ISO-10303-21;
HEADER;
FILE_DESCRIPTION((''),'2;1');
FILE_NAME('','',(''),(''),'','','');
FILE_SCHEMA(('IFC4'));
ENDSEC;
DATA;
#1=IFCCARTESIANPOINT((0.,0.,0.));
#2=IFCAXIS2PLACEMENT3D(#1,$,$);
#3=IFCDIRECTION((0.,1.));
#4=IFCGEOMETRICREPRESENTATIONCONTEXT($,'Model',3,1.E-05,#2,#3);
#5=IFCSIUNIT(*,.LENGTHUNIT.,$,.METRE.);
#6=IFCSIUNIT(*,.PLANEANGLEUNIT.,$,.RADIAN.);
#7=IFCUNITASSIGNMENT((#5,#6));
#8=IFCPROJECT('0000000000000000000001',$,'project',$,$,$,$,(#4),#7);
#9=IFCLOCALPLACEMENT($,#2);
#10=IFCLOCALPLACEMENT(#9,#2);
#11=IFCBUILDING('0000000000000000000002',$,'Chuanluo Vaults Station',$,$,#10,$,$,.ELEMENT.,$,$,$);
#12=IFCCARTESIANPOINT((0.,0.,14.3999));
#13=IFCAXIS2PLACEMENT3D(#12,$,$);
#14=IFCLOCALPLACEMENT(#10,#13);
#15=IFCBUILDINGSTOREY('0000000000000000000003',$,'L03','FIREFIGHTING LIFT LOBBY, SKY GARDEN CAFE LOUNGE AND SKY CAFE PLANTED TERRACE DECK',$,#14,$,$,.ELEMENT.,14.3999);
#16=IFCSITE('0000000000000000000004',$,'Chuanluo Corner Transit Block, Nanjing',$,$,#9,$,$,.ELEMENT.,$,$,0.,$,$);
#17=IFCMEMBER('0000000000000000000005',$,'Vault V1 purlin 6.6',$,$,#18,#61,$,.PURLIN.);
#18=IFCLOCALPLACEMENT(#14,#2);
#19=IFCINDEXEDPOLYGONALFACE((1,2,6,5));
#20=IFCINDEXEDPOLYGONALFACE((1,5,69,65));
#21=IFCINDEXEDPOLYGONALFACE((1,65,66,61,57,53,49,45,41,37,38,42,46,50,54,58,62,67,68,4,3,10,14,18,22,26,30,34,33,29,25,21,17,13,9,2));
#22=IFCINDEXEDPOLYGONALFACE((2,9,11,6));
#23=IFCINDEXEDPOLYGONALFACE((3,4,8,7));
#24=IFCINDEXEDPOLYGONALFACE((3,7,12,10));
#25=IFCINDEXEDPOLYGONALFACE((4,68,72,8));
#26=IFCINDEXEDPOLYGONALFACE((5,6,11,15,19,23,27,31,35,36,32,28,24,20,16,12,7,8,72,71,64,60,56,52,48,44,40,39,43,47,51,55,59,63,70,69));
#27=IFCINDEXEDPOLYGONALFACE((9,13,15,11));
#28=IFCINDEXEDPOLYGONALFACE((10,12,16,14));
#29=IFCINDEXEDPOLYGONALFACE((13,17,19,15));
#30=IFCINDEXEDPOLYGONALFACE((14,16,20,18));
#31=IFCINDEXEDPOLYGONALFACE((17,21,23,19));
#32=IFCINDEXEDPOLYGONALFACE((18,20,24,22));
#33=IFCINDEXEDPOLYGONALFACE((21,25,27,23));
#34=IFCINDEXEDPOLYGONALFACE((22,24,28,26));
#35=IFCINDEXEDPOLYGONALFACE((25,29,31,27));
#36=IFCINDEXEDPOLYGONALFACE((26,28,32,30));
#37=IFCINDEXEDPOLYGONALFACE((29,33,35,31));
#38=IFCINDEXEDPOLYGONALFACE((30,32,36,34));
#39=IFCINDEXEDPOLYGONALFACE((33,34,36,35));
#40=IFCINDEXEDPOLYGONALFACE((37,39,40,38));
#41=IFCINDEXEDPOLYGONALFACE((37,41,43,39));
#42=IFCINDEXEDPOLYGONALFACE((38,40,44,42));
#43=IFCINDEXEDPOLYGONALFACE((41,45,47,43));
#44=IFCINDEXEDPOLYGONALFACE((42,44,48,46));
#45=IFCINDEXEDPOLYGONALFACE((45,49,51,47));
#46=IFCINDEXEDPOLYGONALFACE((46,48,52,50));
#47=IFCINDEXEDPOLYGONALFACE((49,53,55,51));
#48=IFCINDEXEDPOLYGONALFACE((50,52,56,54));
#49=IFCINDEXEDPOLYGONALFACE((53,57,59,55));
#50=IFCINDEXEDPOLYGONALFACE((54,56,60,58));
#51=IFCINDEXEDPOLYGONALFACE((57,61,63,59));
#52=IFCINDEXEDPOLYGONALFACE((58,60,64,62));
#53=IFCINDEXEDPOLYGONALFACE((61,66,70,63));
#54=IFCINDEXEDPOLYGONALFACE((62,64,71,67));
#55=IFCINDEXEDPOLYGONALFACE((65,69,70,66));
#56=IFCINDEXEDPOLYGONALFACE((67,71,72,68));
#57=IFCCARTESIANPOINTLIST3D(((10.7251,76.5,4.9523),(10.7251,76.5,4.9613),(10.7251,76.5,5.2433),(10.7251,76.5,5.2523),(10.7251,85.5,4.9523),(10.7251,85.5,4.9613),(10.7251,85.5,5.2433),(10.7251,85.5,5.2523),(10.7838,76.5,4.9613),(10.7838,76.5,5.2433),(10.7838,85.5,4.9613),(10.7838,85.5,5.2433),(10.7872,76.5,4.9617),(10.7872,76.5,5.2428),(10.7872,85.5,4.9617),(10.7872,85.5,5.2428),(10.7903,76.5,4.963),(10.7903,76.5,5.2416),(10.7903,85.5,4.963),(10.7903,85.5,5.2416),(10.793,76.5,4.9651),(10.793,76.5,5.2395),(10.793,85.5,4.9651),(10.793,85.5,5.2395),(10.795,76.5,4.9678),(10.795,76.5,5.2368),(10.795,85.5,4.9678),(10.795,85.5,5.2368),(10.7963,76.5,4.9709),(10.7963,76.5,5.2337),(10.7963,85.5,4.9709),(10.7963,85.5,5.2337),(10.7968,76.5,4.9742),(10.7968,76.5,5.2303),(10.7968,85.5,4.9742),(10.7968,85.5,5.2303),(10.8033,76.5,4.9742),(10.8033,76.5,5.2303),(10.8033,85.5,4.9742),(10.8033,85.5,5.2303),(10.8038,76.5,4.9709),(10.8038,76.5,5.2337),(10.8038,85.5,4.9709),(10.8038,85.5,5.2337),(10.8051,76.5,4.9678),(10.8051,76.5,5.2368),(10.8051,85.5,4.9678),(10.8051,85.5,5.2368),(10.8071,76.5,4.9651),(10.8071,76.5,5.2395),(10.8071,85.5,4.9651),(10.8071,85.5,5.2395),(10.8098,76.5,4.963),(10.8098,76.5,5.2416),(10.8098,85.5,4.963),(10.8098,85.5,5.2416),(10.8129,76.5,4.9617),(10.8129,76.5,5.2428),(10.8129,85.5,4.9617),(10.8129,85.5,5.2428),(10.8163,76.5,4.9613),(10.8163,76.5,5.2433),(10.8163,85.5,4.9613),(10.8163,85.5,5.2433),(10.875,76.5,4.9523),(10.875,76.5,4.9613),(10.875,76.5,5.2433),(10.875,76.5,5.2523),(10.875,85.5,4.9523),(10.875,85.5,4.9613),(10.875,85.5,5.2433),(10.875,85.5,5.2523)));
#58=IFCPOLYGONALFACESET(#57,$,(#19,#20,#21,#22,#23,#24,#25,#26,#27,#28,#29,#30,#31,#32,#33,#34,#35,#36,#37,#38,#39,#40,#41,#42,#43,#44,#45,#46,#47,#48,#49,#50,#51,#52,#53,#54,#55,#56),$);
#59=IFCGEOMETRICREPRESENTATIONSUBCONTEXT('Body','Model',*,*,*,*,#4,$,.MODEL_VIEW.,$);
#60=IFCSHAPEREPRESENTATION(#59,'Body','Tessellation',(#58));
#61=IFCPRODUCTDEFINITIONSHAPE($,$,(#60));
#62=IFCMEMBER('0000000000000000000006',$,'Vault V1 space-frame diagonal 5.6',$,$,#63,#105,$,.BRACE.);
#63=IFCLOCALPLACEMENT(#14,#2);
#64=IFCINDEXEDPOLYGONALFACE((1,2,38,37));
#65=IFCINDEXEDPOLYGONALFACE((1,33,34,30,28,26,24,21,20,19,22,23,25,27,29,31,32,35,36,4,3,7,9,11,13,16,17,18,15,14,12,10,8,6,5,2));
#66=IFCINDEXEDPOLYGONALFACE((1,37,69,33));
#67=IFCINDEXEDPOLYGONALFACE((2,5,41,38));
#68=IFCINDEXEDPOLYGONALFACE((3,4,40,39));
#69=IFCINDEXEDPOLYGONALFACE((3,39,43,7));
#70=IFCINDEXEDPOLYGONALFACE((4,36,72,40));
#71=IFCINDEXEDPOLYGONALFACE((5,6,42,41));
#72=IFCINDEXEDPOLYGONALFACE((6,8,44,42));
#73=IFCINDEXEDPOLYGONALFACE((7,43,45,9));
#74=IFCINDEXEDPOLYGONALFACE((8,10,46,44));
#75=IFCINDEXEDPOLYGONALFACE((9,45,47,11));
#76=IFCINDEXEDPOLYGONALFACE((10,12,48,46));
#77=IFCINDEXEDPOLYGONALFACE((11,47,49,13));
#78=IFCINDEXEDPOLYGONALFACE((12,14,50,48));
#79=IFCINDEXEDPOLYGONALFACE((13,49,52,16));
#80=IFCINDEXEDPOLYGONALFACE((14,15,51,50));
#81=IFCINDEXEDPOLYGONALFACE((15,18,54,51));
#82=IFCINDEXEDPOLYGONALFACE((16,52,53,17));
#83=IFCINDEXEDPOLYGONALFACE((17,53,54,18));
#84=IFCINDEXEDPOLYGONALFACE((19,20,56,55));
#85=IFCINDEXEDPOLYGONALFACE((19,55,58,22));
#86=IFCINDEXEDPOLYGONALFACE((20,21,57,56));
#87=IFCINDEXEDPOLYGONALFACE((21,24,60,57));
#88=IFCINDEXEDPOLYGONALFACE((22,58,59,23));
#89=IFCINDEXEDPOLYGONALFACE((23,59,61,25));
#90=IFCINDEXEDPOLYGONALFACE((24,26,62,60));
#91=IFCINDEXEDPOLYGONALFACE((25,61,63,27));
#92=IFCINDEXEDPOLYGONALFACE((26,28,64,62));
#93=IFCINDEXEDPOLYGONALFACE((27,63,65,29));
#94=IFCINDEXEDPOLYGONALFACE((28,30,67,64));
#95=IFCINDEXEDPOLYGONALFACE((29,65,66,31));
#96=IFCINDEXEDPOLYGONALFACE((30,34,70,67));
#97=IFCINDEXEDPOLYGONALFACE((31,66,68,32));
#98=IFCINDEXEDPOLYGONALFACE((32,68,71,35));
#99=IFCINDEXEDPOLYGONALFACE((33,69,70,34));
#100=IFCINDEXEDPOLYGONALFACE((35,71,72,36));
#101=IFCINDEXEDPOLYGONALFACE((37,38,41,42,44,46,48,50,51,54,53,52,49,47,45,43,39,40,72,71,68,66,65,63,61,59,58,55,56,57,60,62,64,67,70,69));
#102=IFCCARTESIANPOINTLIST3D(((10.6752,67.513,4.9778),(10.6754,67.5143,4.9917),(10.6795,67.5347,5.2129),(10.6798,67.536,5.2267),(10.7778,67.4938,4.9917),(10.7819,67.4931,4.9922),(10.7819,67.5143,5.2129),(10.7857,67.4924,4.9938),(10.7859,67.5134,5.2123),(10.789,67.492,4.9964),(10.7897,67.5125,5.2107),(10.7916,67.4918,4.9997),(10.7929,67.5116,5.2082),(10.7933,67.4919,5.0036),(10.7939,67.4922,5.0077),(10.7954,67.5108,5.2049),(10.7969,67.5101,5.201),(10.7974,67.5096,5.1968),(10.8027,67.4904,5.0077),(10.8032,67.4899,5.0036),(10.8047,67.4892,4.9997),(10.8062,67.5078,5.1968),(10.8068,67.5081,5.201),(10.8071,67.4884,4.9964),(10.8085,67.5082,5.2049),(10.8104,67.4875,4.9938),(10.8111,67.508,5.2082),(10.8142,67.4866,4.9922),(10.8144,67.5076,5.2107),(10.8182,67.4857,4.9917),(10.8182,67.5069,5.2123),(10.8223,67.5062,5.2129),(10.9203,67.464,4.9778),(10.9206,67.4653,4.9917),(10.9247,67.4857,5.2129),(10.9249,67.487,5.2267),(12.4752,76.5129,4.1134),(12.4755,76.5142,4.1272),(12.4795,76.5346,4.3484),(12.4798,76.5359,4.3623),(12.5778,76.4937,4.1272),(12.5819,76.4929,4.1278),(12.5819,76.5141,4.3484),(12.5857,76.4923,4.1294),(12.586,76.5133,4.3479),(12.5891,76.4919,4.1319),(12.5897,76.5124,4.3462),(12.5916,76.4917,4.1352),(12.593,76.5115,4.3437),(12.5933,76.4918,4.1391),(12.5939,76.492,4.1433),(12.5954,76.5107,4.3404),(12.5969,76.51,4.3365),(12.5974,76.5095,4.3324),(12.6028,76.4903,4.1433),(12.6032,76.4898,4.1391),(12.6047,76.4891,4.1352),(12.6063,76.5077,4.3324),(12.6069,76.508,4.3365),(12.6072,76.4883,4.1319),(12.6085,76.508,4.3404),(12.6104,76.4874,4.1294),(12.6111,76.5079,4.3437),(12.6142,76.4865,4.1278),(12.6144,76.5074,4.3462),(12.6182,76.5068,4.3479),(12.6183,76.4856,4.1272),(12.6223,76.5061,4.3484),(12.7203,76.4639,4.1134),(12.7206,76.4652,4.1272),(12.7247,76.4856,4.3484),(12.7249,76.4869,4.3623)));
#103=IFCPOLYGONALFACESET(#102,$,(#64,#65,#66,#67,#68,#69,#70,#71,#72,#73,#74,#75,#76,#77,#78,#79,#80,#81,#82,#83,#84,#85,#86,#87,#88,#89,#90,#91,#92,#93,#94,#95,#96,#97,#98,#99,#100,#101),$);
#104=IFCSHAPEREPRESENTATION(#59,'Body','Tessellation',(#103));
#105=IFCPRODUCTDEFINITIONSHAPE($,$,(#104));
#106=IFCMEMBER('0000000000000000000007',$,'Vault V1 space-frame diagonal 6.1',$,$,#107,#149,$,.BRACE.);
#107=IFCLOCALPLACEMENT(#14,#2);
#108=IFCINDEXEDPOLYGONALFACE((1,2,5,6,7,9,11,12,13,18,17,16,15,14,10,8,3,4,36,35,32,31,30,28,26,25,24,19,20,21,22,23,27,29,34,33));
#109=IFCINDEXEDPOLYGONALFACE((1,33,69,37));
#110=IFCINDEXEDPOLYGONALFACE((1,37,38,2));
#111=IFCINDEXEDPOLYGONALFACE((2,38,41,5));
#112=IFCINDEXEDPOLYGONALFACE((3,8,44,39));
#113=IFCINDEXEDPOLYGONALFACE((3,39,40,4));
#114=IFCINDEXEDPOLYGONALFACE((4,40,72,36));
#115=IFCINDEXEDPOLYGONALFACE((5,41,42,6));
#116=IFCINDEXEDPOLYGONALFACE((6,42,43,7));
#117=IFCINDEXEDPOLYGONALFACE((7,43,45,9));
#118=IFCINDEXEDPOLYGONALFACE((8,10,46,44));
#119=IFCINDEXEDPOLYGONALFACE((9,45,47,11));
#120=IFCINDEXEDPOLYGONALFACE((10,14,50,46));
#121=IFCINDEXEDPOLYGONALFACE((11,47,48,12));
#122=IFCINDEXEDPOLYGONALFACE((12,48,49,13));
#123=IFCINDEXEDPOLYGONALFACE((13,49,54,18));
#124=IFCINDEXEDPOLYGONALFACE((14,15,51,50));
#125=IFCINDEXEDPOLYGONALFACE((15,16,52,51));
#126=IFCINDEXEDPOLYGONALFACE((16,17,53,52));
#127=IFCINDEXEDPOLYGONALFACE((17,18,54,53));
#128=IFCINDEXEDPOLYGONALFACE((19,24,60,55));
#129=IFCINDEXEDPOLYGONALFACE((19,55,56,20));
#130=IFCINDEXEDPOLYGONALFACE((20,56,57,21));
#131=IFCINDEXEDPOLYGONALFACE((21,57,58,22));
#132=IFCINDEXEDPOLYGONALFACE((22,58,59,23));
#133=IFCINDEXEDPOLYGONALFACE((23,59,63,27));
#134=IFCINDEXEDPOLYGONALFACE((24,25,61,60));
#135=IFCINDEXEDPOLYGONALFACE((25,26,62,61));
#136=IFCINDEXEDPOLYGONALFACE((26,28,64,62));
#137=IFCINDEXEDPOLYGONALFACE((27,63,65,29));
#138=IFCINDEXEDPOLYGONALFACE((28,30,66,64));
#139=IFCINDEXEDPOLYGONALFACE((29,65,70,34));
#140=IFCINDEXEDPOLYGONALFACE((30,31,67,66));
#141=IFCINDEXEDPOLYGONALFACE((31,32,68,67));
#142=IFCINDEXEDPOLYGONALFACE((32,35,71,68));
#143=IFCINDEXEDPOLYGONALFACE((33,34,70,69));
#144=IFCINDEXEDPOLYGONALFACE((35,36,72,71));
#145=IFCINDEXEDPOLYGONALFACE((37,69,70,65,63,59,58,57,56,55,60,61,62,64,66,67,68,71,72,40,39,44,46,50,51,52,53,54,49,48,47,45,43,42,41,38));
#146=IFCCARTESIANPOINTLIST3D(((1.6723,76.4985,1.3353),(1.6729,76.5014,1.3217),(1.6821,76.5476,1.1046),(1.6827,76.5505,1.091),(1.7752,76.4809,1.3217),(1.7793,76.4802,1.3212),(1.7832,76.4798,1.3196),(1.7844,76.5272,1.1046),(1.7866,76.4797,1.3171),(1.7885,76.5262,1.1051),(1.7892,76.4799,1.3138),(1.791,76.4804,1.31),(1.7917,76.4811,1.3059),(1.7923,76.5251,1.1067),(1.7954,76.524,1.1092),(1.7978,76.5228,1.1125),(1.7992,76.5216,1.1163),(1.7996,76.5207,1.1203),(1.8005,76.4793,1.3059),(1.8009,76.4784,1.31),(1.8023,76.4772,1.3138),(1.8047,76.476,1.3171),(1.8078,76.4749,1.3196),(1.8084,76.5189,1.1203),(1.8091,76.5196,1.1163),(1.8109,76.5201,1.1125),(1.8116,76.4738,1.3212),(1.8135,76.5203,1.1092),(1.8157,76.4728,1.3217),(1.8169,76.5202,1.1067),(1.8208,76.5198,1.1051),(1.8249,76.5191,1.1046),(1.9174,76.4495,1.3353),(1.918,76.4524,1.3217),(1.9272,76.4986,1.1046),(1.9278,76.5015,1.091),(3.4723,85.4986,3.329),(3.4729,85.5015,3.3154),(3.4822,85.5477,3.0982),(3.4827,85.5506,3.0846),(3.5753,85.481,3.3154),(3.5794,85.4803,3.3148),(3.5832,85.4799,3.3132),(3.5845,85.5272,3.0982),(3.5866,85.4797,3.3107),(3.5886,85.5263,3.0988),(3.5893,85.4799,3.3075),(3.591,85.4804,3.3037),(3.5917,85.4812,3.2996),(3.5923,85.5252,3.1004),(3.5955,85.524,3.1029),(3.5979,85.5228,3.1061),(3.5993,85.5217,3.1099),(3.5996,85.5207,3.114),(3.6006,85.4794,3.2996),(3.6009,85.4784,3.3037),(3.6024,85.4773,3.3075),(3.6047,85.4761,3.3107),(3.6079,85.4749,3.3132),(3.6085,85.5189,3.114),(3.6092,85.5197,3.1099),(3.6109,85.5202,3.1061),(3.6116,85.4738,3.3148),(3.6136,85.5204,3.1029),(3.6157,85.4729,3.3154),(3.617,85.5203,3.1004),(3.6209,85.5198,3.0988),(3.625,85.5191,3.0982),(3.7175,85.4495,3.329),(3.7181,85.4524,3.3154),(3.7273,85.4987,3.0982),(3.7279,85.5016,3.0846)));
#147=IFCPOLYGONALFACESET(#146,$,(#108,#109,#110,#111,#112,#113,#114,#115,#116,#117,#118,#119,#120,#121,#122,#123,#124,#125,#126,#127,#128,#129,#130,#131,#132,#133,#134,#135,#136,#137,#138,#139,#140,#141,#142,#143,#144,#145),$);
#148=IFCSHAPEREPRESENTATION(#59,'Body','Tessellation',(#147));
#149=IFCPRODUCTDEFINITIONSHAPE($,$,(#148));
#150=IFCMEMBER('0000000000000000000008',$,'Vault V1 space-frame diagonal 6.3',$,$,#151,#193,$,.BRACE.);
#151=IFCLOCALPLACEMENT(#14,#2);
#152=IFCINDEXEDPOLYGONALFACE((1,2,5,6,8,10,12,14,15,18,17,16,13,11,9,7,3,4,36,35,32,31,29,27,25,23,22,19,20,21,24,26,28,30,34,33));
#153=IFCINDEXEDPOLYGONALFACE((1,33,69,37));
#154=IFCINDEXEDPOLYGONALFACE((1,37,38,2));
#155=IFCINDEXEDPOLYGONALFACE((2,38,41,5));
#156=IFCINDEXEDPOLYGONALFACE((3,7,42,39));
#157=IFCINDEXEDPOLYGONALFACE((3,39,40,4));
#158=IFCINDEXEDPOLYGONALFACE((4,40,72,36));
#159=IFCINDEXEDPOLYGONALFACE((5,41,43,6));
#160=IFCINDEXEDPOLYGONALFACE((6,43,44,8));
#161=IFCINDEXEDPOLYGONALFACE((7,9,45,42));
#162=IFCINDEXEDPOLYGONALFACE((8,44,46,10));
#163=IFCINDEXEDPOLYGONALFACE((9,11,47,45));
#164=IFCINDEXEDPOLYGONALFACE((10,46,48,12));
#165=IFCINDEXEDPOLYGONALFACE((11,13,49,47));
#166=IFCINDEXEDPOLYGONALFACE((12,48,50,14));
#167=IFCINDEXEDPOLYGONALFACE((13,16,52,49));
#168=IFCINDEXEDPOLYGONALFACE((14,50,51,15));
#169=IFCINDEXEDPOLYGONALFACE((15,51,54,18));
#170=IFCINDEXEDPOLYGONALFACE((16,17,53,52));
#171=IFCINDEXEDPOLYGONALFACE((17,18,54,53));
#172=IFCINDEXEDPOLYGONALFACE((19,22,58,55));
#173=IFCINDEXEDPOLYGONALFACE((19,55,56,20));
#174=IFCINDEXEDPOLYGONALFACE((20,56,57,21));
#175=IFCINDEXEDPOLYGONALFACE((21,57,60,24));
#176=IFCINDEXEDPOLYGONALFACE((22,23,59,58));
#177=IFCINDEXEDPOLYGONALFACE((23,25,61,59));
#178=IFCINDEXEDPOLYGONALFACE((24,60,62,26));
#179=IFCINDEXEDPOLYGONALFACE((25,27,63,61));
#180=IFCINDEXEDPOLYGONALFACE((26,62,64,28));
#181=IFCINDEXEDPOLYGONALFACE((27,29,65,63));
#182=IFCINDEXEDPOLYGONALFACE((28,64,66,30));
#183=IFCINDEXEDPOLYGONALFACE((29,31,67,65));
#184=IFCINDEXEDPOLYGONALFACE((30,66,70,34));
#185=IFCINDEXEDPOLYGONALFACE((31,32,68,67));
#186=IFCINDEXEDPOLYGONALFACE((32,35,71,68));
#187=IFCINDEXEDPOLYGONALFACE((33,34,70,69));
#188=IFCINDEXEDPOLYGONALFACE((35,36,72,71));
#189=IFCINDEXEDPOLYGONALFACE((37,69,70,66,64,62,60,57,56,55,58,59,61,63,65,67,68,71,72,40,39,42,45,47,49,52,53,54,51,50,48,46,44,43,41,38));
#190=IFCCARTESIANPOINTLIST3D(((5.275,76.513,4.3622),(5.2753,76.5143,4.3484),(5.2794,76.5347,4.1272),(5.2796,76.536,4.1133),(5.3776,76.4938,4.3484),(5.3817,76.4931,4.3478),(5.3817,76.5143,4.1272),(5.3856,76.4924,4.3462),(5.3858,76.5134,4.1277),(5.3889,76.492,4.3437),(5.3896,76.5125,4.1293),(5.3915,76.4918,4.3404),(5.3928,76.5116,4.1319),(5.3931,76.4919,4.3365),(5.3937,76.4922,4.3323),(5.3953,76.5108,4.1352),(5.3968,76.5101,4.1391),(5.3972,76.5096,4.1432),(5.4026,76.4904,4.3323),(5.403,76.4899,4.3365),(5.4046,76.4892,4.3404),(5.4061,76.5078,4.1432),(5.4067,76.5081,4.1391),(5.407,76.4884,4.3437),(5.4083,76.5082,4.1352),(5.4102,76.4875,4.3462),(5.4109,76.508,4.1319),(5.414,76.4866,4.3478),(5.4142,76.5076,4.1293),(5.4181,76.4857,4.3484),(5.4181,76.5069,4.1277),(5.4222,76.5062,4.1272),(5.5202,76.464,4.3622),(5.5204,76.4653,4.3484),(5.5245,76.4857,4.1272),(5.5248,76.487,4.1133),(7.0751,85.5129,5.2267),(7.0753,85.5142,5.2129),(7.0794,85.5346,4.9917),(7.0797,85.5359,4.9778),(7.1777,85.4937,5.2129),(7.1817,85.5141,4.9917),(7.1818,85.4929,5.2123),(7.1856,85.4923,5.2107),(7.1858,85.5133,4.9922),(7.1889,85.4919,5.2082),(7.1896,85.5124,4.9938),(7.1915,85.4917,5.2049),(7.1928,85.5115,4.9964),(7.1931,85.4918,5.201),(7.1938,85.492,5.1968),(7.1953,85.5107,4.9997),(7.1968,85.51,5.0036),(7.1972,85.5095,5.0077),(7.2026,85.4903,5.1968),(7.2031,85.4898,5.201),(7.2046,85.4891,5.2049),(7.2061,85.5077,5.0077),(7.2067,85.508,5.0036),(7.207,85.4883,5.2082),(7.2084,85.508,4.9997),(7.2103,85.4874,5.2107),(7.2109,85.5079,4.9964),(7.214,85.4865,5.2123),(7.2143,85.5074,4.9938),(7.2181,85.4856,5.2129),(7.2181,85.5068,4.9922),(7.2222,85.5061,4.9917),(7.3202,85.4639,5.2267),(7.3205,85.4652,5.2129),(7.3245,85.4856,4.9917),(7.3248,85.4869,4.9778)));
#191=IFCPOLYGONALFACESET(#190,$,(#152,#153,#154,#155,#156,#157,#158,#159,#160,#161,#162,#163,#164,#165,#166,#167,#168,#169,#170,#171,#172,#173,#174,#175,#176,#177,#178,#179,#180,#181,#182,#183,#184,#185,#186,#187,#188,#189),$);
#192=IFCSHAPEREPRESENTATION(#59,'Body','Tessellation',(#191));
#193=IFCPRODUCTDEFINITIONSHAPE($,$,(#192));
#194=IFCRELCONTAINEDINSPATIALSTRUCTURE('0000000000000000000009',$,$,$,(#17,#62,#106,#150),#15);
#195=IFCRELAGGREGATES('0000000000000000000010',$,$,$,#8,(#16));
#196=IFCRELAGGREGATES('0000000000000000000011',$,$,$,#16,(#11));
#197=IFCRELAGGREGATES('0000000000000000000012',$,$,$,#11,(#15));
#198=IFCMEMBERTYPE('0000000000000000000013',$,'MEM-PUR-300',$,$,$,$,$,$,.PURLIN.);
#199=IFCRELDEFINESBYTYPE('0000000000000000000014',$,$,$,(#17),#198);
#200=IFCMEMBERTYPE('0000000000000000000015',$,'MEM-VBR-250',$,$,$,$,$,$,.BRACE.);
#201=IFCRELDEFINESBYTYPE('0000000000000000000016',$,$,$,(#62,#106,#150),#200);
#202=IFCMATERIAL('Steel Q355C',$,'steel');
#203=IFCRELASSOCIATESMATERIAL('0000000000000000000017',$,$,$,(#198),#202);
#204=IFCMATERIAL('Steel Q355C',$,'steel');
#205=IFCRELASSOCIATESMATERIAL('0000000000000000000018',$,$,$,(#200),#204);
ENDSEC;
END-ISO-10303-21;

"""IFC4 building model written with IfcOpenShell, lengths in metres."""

from ifc_helpers import new_model, si_unit, direction, frame, origin, origin_2d, place, context, subcontext, project, spatial, i_section, extrude, material, material_profile, profile_set, type_object, element, save


model = new_model("IFC4")

# Units and contexts
model_context = context("Model", 3, precision=1e-05, world=origin(), true_north=direction((0.0, 1.0)))
body_context = subcontext(model_context, "Body", "Model", "MODEL_VIEW")
ifc_project = project(units=[si_unit("LENGTHUNIT", "METRE"), si_unit("PLANEANGLEUNIT", "RADIAN")], contexts=[model_context])

# Site, building, storey
site_placement = place(None, origin())
site = spatial("IfcSite", under=ifc_project, at=site_placement, Name="Chuanluo Corner Transit Block, Nanjing", CompositionType="ELEMENT", RefElevation=0.0)
building_placement = place(site_placement, origin())
building = spatial("IfcBuilding", under=site, at=building_placement, Name="Chuanluo Vaults Station", CompositionType="ELEMENT")
storey_placement = place(building_placement, frame((0.0, 0.0, 14.3999)))
storey = spatial("IfcBuildingStorey", under=building, at=storey_placement, Name="L03", Description="FIREFIGHTING LIFT LOBBY, SKY GARDEN CAFE LOUNGE AND SKY CAFE PLANTED TERRACE DECK", CompositionType="ELEMENT", Elevation=14.3999)

# Members
ifc_material_1 = material(Name="Steel Q355C", Category="steel")
ifc_material_profile_1 = material_profile(ifc_material_1, i_section(OverallWidth=0.1499, OverallDepth=0.3, WebThickness=0.0066, FlangeThickness=0.009, FilletRadius=0.0129, at=origin_2d()))
ifc_profile_set_1 = profile_set([ifc_material_profile_1], Name="Steel Q355C")
member_type_1 = type_object("IfcMemberType", Name="MEM-PUR-300", PredefinedType="PURLIN", material=ifc_profile_set_1)
for number, where, z_axis, x_axis, name in (
    (1, (10.8, 76.5, 5.1023), (0.0, 1.0, 0.0), (-1.0, 0.0, 0.0), "Vault V1 purlin 6.6"),
):
    element("IfcMember", number, at=place(storey_placement, frame(where, z_axis=z_axis, x_axis=x_axis)), inside=storey, type_object=member_type_1, Name=name, PredefinedType="PURLIN", context=body_context, shape_type="SweptSolid", body=[
        extrude(i_section(OverallWidth=0.1499, OverallDepth=0.3, WebThickness=0.0066, FlangeThickness=0.009, FilletRadius=0.0129, at=origin_2d()), origin(), (0.0, 0.0, 1.0), 9.0),
    ])
ifc_material_2 = material(Name="Steel Q355C", Category="steel")
ifc_material_profile_2 = material_profile(ifc_material_2, i_section(OverallWidth=0.25, OverallDepth=0.25, WebThickness=0.009, FlangeThickness=0.0139, FilletRadius=0.0161, at=origin_2d()))
ifc_profile_set_2 = profile_set([ifc_material_profile_2], Name="Steel Q355C")
member_type_2 = type_object("IfcMemberType", Name="MEM-VBR-250", PredefinedType="BRACE", material=ifc_profile_set_2)
member_1_placement = place(storey_placement, frame((10.8, 67.5, 5.1023), z_axis=(0.195257, 0.976259, -0.093775), x_axis=(-0.98058, 0.196121, 0.0)))
element("IfcMember", 2, at=member_1_placement, inside=storey, type_object=member_type_2, Name="Vault V1 space-frame diagonal 5.6", PredefinedType="BRACE", context=body_context, shape_type="SweptSolid", body=[
    extrude(i_section(OverallWidth=0.25, OverallDepth=0.25, WebThickness=0.009, FlangeThickness=0.0139, FilletRadius=0.0161, at=origin_2d()), origin(), (0.0, 0.0, 1.0), 9.2188),
])
member_2_placement = place(storey_placement, frame((1.8, 76.5, 1.2131), z_axis=(0.191652, 0.958234, 0.212265), x_axis=(-0.98058, 0.196121, 0.0)))
element("IfcMember", 3, at=member_2_placement, inside=storey, type_object=member_type_2, Name="Vault V1 space-frame diagonal 6.1", PredefinedType="BRACE", context=body_context, shape_type="SweptSolid", body=[
    extrude(i_section(OverallWidth=0.25, OverallDepth=0.25, WebThickness=0.009, FlangeThickness=0.0139, FilletRadius=0.0161, at=origin_2d()), origin(), (0.0, 0.0, 1.0), 9.3923),
])
member_3_placement = place(storey_placement, frame((5.3999, 76.5, 4.2378), z_axis=(0.195257, 0.976259, 0.093775), x_axis=(-0.98058, 0.196121, 0.0)))
element("IfcMember", 4, at=member_3_placement, inside=storey, type_object=member_type_2, Name="Vault V1 space-frame diagonal 6.3", PredefinedType="BRACE", context=body_context, shape_type="SweptSolid", body=[
    extrude(i_section(OverallWidth=0.25, OverallDepth=0.25, WebThickness=0.009, FlangeThickness=0.0139, FilletRadius=0.0161, at=origin_2d()), origin(), (0.0, 0.0, 1.0), 9.2188),
])

save(model, "model.ifc")
